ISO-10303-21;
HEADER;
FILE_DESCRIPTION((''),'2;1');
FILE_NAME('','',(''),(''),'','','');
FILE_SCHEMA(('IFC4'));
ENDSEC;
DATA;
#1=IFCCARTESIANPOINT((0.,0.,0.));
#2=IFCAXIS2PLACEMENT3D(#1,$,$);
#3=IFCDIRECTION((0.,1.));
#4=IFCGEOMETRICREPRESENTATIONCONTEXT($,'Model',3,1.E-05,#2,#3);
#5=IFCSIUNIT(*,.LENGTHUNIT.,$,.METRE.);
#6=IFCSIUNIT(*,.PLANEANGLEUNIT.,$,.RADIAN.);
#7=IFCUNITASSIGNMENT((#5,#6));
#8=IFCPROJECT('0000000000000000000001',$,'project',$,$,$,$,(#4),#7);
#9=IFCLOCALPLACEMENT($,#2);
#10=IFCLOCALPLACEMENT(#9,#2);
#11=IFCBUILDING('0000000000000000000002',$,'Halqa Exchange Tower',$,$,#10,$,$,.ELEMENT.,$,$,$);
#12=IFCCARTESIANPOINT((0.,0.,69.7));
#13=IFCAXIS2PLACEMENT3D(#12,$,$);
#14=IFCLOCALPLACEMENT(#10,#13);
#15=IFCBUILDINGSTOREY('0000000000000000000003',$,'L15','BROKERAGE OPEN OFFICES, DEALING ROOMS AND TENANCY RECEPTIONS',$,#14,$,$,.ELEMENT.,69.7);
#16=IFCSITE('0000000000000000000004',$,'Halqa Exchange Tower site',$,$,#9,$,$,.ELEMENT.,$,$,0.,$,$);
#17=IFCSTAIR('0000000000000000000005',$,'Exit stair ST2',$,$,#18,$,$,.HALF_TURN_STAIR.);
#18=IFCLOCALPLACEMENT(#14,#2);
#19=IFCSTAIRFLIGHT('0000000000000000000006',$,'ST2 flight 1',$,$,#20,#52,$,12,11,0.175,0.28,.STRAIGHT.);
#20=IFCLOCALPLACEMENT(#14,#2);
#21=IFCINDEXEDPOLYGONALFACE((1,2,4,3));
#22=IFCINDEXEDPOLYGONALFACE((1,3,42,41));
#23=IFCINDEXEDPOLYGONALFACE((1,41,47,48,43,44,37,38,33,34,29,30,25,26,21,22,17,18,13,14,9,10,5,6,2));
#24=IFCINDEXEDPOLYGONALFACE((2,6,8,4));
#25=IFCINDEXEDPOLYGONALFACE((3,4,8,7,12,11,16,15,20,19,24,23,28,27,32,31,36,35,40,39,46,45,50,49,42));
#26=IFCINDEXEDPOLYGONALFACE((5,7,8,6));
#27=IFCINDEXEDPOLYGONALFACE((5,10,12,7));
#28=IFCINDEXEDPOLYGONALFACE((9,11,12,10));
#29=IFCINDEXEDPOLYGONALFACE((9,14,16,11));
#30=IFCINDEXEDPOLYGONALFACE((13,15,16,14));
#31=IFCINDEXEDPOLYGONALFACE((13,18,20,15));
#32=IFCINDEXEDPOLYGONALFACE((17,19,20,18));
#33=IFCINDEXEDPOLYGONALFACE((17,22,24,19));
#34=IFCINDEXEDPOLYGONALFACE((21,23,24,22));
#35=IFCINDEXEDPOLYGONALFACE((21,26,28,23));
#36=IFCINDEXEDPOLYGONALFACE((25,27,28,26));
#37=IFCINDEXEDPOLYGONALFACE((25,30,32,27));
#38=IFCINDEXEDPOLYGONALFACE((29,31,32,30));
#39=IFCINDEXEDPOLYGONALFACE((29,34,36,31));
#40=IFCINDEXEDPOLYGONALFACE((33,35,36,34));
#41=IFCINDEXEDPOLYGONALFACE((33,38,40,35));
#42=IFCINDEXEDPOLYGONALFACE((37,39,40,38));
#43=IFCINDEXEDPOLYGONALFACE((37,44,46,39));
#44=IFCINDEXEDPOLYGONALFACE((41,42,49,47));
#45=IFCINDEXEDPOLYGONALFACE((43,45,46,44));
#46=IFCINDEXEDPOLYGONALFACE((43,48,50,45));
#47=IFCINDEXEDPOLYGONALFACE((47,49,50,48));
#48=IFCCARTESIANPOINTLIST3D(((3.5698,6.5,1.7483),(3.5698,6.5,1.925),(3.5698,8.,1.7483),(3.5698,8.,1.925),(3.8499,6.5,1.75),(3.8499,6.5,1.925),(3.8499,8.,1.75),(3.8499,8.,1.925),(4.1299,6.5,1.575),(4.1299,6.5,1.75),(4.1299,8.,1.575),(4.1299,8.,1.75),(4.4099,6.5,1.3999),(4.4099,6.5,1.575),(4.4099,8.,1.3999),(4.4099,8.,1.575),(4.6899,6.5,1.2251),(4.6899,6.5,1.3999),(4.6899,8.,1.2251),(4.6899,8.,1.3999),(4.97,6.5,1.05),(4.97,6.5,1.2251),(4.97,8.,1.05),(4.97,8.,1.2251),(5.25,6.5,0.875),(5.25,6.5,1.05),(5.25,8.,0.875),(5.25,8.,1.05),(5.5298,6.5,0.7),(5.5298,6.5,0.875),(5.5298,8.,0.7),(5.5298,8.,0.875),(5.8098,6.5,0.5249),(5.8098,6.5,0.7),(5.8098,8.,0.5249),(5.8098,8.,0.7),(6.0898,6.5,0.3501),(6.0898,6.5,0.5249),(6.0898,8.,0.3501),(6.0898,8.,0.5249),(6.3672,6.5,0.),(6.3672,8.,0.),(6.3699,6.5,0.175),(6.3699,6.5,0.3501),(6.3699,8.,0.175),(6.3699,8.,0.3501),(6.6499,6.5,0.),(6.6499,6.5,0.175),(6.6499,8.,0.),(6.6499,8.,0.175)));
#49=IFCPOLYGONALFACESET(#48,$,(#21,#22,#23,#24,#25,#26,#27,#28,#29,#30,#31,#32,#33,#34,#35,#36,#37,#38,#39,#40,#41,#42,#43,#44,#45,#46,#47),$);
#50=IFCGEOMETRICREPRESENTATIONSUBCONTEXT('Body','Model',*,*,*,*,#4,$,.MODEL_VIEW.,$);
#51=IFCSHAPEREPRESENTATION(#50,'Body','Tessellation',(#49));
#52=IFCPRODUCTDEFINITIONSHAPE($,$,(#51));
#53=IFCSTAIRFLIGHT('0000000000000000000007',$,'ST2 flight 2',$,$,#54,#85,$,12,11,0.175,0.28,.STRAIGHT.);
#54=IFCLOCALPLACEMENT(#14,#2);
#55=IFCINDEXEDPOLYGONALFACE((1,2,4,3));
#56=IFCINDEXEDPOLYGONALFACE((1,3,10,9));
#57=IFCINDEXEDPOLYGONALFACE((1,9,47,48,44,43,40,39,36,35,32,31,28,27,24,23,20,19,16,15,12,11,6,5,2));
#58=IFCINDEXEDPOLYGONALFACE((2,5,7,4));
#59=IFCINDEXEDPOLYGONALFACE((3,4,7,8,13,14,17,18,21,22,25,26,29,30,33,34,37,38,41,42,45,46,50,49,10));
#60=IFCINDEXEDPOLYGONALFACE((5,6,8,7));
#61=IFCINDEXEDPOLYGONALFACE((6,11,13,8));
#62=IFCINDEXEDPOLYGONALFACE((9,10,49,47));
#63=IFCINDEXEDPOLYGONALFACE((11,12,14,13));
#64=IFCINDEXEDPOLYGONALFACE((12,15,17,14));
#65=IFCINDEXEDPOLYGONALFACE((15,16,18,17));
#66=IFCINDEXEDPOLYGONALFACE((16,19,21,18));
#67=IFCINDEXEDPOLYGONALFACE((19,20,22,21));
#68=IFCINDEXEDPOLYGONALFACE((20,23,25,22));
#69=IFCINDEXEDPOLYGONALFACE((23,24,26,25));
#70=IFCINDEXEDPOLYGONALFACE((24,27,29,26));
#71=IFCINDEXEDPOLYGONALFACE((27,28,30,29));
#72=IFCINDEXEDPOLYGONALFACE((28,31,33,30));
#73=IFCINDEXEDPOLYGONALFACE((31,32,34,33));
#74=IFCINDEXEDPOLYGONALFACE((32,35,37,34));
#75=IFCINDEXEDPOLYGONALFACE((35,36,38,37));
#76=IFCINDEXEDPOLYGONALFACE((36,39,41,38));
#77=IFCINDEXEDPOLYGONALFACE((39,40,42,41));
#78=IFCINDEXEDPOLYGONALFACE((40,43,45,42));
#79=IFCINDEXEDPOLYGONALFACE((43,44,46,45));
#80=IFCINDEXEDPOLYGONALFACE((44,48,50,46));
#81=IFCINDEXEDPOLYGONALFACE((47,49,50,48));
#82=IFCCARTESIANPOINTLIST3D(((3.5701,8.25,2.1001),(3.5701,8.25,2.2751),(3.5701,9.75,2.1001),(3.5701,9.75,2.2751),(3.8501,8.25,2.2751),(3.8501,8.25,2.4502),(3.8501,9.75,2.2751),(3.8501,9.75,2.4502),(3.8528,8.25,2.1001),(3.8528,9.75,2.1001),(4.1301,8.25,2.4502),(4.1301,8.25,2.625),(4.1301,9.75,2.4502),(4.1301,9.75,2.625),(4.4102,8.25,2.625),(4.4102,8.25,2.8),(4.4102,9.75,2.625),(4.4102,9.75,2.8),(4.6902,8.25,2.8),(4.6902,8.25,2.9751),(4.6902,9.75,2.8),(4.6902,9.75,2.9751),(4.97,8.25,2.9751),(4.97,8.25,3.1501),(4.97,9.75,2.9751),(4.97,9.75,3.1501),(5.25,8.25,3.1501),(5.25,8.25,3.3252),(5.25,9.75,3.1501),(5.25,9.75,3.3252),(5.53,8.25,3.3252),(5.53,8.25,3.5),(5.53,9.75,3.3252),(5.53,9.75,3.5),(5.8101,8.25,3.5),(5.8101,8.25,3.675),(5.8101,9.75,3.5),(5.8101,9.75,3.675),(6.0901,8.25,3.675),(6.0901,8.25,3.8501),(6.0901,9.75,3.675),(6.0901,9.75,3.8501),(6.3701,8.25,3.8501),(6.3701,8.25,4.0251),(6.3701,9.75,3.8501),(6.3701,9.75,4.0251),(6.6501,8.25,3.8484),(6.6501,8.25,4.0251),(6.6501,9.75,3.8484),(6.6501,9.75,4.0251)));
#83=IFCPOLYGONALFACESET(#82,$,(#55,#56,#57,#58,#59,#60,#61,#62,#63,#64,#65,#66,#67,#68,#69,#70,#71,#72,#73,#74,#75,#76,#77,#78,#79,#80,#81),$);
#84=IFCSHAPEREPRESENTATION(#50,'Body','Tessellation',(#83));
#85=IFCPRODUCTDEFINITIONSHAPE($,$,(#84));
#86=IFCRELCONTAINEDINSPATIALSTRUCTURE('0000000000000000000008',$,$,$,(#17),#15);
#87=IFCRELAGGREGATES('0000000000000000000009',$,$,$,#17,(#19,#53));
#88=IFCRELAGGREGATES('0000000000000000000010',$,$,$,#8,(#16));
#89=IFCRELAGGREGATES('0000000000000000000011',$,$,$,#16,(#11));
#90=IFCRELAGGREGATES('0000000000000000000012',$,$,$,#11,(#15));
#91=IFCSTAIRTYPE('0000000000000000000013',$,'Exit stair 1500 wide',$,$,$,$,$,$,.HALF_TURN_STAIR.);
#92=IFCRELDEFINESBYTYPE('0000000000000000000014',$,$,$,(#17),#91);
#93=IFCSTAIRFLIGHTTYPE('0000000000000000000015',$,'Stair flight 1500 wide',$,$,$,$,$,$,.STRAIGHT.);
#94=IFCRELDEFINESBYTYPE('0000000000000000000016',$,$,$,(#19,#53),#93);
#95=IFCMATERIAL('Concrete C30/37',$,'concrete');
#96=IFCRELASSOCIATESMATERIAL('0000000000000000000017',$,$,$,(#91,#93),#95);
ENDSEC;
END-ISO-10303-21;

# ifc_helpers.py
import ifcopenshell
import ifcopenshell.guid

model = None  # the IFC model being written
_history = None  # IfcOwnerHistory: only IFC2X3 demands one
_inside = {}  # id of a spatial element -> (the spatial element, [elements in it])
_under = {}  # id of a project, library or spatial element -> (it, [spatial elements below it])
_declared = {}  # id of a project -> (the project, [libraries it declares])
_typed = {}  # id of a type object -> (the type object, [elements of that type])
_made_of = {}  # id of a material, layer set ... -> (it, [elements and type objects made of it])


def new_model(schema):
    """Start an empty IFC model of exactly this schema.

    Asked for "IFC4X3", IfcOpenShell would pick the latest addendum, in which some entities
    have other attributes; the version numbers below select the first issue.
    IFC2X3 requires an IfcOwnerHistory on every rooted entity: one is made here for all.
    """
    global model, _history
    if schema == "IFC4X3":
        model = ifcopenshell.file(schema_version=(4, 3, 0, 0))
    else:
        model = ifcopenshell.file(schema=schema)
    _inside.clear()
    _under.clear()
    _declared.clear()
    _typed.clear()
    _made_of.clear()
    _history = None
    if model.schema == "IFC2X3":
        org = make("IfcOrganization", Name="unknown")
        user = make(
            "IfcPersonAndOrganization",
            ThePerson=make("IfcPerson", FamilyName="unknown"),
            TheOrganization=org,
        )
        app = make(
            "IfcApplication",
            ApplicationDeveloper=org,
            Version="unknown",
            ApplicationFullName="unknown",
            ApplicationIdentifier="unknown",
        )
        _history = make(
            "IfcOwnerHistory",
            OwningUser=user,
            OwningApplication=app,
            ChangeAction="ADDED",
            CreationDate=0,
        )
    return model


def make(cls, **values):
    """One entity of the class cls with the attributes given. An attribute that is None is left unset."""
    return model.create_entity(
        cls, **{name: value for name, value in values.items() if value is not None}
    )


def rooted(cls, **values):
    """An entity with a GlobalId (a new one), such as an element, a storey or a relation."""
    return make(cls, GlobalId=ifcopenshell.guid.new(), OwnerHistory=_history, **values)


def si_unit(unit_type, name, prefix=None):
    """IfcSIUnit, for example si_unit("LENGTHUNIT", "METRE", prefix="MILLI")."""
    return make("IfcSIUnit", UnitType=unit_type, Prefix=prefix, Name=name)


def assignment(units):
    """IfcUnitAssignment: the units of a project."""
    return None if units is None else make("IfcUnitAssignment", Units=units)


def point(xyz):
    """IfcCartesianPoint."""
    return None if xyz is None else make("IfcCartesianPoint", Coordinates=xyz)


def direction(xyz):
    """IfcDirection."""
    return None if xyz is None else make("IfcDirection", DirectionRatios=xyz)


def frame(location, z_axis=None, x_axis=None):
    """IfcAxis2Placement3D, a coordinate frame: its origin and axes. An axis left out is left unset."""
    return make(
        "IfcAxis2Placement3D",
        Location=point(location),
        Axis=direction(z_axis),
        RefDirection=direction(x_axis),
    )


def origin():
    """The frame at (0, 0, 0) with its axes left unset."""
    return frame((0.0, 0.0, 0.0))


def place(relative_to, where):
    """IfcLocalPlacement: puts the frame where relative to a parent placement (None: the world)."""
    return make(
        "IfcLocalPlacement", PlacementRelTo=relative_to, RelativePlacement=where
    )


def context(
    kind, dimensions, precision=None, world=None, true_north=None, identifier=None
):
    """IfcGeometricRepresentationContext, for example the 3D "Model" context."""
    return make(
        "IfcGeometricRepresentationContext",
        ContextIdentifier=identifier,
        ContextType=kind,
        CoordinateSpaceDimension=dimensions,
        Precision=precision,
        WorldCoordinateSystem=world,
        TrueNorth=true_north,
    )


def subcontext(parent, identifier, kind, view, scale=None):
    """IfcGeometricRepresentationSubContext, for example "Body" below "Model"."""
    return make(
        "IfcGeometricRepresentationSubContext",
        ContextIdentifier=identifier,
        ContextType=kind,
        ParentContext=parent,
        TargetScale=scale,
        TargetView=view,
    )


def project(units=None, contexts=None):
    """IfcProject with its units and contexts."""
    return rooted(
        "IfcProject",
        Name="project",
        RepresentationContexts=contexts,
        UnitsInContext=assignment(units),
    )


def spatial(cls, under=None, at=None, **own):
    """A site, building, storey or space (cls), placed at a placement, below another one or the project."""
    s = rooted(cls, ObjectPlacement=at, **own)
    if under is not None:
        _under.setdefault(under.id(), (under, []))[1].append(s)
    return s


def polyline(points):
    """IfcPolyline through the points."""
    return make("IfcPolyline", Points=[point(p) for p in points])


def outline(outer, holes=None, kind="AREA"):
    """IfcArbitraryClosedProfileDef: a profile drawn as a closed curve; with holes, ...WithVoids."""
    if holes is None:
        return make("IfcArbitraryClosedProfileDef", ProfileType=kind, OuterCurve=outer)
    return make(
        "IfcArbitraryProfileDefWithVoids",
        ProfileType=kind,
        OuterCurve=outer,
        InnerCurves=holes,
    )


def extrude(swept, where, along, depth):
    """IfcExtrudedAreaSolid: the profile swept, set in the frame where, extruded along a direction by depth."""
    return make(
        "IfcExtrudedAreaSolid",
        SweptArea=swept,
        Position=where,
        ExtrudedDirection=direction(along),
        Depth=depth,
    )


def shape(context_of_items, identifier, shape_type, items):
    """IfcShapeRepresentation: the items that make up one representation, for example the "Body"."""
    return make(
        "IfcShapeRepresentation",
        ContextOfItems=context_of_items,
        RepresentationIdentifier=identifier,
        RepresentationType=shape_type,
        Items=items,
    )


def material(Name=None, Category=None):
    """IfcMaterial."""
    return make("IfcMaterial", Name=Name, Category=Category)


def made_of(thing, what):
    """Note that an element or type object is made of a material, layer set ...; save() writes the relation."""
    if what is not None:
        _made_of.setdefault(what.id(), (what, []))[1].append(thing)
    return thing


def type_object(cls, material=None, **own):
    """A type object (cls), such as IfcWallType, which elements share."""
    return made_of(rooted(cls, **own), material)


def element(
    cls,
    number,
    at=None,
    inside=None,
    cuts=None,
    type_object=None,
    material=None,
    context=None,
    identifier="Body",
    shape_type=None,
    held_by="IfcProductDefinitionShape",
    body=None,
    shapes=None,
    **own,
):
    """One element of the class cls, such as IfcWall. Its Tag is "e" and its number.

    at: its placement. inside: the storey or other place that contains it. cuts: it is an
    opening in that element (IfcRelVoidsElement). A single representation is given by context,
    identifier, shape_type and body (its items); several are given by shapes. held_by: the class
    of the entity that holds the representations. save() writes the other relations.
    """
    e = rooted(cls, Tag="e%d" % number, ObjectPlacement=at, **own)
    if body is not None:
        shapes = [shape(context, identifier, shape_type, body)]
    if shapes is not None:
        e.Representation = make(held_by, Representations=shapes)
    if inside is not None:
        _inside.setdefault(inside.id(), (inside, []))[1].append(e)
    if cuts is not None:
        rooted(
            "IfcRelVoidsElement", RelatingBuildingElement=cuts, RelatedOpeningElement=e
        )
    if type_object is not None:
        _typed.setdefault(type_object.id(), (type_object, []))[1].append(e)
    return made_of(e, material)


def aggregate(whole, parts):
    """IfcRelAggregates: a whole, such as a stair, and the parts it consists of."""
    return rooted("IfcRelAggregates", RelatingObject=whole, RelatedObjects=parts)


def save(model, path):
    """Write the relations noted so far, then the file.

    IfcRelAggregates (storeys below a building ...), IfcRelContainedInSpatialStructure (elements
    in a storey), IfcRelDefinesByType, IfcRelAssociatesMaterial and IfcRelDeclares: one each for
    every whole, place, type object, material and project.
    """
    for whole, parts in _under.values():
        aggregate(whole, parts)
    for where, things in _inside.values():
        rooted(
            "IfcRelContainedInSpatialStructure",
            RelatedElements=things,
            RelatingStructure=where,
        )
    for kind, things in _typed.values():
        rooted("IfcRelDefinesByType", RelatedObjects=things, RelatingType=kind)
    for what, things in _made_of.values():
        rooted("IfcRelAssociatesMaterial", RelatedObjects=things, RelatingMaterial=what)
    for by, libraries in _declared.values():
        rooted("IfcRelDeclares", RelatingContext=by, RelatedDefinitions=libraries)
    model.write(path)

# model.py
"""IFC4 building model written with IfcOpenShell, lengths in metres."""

from ifc_helpers import new_model, si_unit, direction, frame, origin, place, context, subcontext, project, spatial, polyline, outline, extrude, material, type_object, element, aggregate, save


model = new_model("IFC4")

# Units and contexts
model_context = context("Model", 3, precision=1e-05, world=origin(), true_north=direction((0.0, 1.0)))
body_context = subcontext(model_context, "Body", "Model", "MODEL_VIEW")
ifc_project = project(units=[si_unit("LENGTHUNIT", "METRE"), si_unit("PLANEANGLEUNIT", "RADIAN")], contexts=[model_context])

# Site, building, storey
site_placement = place(None, origin())
site = spatial("IfcSite", under=ifc_project, at=site_placement, Name="Halqa Exchange Tower site", CompositionType="ELEMENT", RefElevation=0.0)
building_placement = place(site_placement, origin())
building = spatial("IfcBuilding", under=site, at=building_placement, Name="Halqa Exchange Tower", CompositionType="ELEMENT")
storey_placement = place(building_placement, frame((0.0, 0.0, 69.7)))
storey = spatial("IfcBuildingStorey", under=building, at=storey_placement, Name="L15", Description="BROKERAGE OPEN OFFICES, DEALING ROOMS AND TENANCY RECEPTIONS", CompositionType="ELEMENT", Elevation=69.7)

# Stair
ifc_material_1 = material(Name="Concrete C30/37", Category="concrete")
stair_type = type_object("IfcStairType", Name="Exit stair 1500 wide", PredefinedType="HALF_TURN_STAIR", material=ifc_material_1)
stair_1_placement = place(storey_placement, origin())
stair_1 = element("IfcStair", 1, at=stair_1_placement, inside=storey, type_object=stair_type, Name="Exit stair ST2", PredefinedType="HALF_TURN_STAIR")

# Stair flights
stair_flight_type = type_object("IfcStairFlightType", Name="Stair flight 1500 wide", PredefinedType="STRAIGHT", material=ifc_material_1)
stair_flight_1_placement = place(storey_placement, frame((6.6499, 7.25, 0.0), z_axis=(0.0, 0.0, 1.0), x_axis=(-1.0, 0.0, 0.0)))
stair_flight_1 = element("IfcStairFlight", 2, at=stair_flight_1_placement, type_object=stair_flight_type, Name="ST2 flight 1", NumberOfRisers=12, NumberOfTreads=11, PredefinedType="STRAIGHT", RiserHeight=0.175, TreadLength=0.28, context=body_context, shape_type="SweptSolid", body=[
    extrude(outline(polyline([(0.0, 0.0), (0.0, 0.175), (0.28, 0.175), (0.28, 0.3501), (0.5601, 0.3501), (0.5601, 0.5249), (0.8401, 0.5249), (0.8401, 0.7), (1.1201, 0.7), (1.1201, 0.875), (1.3999, 0.875), (1.3999, 1.05), (1.6799, 1.05), (1.6799, 1.2251), (1.96, 1.2251), (1.96, 1.3999), (2.24, 1.3999), (2.24, 1.575), (2.52, 1.575), (2.52, 1.75), (2.8, 1.75), (2.8, 1.925), (3.0801, 1.925), (3.0801, 2.1001), (3.0801, 1.7483), (0.2827, 0.0), (0.0, 0.0)])), frame((0.0, 0.75, 0.0), z_axis=(0.0, -1.0, 0.0), x_axis=(1.0, 0.0, 0.0)), (0.0, 0.0, 1.0), 1.5),
])
stair_flight_2_placement = place(storey_placement, frame((3.5701, 9.0, 2.1001), z_axis=(0.0, 0.0, 1.0), x_axis=(1.0, 0.0, 0.0)))
stair_flight_2 = element("IfcStairFlight", 3, at=stair_flight_2_placement, type_object=stair_flight_type, Name="ST2 flight 2", NumberOfRisers=12, NumberOfTreads=11, PredefinedType="STRAIGHT", RiserHeight=0.175, TreadLength=0.28, context=body_context, shape_type="SweptSolid", body=[
    extrude(outline(polyline([(0.0, 0.0), (0.0, 0.175), (0.28, 0.175), (0.28, 0.3501), (0.5601, 0.3501), (0.5601, 0.5249), (0.8401, 0.5249), (0.8401, 0.7), (1.1201, 0.7), (1.1201, 0.875), (1.3999, 0.875), (1.3999, 1.05), (1.6799, 1.05), (1.6799, 1.2251), (1.96, 1.2251), (1.96, 1.3999), (2.24, 1.3999), (2.24, 1.575), (2.52, 1.575), (2.52, 1.75), (2.8, 1.75), (2.8, 1.925), (3.0801, 1.925), (3.0801, 2.1001), (3.0801, 1.7483), (0.2827, 0.0), (0.0, 0.0)])), frame((0.0, 0.75, 0.0), z_axis=(0.0, -1.0, 0.0), x_axis=(1.0, 0.0, 0.0)), (0.0, 0.0, 1.0), 1.5),
])
aggregate(stair_1, [stair_flight_1, stair_flight_2])

save(model, "model.ifc")
